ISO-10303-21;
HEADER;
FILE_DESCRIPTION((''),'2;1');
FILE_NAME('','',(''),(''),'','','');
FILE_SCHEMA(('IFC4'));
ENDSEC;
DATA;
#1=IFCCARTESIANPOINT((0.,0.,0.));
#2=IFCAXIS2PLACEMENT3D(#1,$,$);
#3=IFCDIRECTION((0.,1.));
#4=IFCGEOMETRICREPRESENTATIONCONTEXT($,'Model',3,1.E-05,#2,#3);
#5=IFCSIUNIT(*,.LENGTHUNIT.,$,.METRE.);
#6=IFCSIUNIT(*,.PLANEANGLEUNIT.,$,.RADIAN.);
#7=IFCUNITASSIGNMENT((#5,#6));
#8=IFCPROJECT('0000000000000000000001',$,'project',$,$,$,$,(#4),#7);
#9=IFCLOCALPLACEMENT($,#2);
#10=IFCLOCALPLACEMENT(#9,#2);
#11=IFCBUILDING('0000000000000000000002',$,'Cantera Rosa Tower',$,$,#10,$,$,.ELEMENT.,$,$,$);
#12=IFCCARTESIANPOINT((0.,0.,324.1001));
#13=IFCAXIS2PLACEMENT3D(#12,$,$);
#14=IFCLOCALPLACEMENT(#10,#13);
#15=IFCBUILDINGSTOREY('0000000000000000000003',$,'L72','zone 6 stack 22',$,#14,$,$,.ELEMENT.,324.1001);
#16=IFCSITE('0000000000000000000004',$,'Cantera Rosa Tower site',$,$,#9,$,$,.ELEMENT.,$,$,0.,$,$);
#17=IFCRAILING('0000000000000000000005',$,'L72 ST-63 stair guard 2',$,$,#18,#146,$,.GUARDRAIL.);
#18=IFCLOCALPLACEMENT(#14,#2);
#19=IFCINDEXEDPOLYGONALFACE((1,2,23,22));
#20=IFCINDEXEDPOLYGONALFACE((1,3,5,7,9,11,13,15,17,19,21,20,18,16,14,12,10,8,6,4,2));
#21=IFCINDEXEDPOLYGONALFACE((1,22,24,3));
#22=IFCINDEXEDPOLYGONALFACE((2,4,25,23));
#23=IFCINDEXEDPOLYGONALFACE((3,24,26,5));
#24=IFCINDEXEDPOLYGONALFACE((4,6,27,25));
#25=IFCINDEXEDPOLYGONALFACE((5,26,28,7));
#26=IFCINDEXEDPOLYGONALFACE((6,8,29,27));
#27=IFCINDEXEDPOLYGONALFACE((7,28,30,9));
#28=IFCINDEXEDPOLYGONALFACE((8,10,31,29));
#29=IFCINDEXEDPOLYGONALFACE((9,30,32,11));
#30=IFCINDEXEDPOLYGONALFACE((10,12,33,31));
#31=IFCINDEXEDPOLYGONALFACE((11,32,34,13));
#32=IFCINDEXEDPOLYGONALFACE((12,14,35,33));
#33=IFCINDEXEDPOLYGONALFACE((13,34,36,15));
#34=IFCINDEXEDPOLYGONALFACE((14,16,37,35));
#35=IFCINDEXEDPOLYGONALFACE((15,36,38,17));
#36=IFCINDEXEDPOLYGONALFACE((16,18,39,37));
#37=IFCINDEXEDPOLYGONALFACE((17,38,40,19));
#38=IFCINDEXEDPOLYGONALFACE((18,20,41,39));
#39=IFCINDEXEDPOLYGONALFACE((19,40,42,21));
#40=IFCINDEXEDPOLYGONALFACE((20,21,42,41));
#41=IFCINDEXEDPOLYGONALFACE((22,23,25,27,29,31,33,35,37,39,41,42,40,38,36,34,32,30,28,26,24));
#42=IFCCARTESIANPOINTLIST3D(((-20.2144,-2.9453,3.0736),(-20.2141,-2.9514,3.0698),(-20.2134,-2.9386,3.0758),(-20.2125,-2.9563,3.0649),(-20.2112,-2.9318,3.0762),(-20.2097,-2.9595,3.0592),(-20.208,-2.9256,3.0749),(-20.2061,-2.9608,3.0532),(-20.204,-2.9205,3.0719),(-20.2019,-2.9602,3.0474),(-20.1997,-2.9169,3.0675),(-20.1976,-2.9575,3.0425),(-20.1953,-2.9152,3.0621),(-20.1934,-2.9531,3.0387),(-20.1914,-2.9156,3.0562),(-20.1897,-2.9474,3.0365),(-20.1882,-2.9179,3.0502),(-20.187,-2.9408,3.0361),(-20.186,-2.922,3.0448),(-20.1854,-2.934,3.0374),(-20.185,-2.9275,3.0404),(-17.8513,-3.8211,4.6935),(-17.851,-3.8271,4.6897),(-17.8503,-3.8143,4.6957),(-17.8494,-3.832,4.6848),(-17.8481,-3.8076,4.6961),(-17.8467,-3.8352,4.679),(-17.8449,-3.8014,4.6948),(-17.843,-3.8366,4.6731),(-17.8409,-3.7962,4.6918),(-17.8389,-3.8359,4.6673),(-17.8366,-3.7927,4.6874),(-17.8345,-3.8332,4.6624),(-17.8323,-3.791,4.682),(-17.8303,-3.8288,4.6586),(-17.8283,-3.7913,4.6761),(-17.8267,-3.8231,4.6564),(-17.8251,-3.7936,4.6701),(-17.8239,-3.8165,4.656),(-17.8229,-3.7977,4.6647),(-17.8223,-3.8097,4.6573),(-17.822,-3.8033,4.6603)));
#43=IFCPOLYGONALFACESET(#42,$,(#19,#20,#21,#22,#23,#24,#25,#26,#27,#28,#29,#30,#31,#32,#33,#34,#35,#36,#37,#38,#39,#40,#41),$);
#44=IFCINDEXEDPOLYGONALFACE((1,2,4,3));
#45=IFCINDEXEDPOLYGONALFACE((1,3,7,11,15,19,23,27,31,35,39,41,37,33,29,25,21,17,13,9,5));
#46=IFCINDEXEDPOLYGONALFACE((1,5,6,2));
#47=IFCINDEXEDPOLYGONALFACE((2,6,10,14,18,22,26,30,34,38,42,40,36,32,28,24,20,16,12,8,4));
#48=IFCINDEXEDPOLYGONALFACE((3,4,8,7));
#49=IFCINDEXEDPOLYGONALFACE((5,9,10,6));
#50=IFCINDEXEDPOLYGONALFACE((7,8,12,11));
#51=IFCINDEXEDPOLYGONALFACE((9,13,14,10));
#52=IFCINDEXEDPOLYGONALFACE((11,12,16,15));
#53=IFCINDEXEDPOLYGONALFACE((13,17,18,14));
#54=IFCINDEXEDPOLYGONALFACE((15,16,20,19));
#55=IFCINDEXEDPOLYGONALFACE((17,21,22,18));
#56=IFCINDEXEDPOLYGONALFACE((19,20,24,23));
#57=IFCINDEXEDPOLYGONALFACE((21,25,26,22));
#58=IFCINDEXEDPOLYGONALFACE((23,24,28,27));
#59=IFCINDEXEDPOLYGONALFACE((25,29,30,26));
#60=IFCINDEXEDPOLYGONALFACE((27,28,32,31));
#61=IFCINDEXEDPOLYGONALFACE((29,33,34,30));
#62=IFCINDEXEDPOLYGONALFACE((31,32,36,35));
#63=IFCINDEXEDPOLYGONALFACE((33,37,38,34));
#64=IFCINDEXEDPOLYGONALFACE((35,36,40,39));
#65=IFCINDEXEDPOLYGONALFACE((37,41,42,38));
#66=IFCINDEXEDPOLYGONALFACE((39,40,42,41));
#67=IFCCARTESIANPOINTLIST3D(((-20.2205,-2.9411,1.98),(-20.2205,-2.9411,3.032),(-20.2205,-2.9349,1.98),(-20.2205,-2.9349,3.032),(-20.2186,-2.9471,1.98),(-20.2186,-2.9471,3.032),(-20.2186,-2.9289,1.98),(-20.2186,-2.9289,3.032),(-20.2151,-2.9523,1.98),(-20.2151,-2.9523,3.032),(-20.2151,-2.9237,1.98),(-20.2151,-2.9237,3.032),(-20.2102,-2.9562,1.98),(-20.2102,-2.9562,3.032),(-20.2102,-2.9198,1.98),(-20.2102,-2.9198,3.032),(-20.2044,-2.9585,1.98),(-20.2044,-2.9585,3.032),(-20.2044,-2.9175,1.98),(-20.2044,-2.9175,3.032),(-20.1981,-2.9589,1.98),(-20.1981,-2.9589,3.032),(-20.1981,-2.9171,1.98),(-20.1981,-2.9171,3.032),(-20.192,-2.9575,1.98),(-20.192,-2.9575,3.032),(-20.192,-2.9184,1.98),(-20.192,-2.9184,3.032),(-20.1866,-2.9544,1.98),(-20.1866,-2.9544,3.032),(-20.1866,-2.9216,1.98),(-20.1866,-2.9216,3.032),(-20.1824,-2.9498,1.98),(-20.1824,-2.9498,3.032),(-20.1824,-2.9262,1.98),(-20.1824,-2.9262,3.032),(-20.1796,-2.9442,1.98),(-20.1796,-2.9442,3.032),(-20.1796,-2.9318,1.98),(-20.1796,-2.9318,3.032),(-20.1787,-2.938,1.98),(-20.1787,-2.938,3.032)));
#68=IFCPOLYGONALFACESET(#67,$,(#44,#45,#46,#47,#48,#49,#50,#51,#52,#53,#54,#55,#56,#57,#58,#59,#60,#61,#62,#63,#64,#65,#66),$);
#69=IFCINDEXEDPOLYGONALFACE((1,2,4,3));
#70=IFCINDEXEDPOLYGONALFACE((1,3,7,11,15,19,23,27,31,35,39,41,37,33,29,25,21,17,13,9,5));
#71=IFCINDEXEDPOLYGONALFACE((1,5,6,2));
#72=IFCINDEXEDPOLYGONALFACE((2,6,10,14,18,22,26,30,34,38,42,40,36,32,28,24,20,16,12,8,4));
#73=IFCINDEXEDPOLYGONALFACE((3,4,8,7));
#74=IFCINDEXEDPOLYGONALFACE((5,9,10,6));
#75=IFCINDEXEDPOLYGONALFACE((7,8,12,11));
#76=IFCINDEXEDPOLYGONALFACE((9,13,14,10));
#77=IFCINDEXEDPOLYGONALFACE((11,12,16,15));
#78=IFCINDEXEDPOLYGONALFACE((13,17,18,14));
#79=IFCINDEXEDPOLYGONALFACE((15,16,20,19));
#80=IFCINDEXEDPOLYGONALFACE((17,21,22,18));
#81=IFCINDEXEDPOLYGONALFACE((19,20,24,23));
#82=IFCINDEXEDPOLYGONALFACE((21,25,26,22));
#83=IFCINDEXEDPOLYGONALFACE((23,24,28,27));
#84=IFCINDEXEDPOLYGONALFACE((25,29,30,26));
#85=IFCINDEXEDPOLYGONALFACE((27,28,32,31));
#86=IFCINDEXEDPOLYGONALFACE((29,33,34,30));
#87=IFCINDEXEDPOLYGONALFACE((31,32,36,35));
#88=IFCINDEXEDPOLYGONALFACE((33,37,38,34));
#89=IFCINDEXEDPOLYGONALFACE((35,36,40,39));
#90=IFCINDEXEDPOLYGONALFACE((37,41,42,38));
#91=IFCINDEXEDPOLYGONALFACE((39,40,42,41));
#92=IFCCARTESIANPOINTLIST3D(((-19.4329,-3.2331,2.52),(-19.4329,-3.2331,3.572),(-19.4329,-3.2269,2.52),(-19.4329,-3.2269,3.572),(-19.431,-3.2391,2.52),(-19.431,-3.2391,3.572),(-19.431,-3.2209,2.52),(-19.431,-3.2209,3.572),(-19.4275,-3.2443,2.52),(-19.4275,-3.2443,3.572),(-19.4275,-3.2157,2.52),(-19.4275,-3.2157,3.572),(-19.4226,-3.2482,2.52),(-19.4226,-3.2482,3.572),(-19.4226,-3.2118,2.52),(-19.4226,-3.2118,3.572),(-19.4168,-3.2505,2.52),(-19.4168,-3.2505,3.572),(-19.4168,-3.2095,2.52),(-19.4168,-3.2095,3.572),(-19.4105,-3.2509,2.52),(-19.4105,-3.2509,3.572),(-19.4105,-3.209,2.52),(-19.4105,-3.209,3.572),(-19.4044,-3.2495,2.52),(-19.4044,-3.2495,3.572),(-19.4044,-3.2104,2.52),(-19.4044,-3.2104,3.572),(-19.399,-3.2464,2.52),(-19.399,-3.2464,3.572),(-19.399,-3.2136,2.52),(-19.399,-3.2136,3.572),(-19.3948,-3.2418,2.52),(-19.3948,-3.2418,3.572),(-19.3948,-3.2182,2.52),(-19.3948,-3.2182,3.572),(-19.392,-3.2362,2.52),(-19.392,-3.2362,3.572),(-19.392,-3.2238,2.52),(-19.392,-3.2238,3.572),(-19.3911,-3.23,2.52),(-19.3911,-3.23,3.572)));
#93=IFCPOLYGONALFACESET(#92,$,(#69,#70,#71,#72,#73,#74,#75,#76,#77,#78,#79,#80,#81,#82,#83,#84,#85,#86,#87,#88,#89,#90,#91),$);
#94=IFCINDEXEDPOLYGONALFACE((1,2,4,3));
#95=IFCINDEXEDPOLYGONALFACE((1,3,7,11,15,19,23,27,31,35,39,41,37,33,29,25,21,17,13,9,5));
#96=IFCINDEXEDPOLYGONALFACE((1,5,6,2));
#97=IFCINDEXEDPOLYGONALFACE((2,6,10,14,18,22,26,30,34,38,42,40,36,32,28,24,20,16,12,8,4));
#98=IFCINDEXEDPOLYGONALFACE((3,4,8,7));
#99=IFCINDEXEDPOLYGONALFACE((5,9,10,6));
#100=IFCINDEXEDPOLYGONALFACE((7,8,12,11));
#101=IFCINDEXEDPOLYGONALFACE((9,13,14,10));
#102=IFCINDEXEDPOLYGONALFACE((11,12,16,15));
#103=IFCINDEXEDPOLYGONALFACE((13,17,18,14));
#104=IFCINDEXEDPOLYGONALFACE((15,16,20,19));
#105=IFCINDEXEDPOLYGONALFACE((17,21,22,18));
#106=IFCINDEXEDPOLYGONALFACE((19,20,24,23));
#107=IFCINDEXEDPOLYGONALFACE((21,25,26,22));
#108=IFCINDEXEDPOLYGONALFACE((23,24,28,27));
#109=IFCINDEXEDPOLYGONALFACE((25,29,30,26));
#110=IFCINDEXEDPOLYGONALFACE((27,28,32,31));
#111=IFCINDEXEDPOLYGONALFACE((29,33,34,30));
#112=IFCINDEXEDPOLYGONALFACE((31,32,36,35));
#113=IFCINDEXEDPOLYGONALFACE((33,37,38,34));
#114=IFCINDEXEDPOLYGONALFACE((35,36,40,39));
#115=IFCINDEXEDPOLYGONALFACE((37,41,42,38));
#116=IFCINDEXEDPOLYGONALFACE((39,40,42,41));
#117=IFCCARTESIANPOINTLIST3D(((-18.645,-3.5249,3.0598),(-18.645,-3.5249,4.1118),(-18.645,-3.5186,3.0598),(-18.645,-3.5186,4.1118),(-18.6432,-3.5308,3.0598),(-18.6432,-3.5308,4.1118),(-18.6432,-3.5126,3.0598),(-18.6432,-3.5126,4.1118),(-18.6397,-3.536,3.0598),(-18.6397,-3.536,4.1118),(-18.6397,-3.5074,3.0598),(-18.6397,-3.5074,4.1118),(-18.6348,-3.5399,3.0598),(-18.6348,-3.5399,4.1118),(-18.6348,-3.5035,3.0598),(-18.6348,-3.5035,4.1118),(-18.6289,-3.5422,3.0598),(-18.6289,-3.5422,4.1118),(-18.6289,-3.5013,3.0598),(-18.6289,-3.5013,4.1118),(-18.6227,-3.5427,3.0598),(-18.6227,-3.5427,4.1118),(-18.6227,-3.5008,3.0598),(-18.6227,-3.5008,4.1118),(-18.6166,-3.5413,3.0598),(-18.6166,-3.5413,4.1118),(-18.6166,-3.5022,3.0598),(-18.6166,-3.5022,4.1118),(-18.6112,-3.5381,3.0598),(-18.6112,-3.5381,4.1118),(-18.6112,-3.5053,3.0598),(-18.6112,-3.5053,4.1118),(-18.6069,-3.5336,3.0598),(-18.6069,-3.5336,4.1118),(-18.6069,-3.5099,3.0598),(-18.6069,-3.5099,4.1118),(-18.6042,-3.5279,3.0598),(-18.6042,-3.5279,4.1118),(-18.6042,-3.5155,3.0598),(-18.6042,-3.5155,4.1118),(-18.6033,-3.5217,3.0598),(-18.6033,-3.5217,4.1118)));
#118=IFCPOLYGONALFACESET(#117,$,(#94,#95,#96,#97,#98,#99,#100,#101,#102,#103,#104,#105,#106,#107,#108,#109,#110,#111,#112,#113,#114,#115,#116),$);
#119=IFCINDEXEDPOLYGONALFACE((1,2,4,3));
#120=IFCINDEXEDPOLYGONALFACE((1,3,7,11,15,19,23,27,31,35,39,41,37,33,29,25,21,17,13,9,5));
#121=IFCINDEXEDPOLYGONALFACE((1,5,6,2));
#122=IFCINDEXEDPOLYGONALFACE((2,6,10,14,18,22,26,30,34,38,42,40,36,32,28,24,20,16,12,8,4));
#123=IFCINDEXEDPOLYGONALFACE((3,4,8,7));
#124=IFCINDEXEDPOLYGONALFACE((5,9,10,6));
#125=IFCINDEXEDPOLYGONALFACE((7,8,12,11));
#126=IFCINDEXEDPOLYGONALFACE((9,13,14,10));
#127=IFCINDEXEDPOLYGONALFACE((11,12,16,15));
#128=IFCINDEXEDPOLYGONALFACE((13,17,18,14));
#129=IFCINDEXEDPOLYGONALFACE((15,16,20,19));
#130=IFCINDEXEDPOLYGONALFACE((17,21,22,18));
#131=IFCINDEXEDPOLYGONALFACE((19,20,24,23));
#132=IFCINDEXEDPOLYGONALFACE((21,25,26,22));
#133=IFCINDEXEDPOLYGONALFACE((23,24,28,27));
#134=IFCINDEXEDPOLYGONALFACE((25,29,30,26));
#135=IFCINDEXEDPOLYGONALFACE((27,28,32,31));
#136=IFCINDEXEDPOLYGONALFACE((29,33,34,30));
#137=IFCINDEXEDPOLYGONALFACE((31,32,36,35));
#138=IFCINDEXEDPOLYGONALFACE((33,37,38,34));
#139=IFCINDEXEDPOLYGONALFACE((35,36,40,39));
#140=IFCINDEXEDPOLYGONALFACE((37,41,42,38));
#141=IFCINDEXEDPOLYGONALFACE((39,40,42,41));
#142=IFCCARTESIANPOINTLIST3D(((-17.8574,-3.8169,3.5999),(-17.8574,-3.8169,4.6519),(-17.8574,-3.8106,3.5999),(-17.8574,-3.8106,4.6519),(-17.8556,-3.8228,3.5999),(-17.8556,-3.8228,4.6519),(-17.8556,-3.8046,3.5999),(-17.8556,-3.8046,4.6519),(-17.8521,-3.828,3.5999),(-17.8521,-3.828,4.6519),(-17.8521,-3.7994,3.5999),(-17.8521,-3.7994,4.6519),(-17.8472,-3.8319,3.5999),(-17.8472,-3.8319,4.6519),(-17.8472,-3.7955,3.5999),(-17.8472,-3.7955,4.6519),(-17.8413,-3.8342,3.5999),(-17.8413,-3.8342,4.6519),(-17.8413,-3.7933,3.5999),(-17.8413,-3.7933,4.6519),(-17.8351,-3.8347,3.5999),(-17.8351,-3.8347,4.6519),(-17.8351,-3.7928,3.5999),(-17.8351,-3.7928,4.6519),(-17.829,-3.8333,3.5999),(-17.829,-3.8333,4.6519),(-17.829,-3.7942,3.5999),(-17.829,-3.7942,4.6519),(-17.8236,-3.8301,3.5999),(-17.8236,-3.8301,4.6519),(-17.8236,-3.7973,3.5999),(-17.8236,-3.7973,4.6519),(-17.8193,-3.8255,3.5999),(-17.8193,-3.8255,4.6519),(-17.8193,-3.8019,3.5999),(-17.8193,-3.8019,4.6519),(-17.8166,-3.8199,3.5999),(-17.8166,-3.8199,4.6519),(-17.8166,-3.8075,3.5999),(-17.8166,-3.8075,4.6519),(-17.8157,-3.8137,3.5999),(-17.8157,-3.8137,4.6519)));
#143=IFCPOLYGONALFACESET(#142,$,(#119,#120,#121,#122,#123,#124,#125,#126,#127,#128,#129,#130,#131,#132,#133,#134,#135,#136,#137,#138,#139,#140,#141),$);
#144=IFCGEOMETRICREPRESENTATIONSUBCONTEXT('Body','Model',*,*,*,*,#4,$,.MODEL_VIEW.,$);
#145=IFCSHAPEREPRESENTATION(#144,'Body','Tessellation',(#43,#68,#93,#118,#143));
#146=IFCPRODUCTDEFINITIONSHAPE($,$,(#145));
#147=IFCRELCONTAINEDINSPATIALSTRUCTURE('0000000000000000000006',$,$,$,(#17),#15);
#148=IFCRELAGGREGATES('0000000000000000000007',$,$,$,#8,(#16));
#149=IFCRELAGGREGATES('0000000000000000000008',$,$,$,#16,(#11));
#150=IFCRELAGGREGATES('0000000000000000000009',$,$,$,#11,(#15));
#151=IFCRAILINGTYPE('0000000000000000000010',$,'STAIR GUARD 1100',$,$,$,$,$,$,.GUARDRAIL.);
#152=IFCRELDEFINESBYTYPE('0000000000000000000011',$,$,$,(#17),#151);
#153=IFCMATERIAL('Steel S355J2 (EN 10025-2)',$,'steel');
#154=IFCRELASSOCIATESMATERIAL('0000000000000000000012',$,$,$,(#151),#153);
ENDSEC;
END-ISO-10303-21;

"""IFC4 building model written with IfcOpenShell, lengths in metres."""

from ifc_helpers import new_model, si_unit, direction, frame, origin, origin_2d, place, context, subcontext, project, spatial, circle, extrude, material, type_object, element, save


model = new_model("IFC4")

# Units and contexts
model_context = context("Model", 3, precision=1e-05, world=origin(), true_north=direction((0.0, 1.0)))
body_context = subcontext(model_context, "Body", "Model", "MODEL_VIEW")
ifc_project = project(units=[si_unit("LENGTHUNIT", "METRE"), si_unit("PLANEANGLEUNIT", "RADIAN")], contexts=[model_context])

# Site, building, storey
site_placement = place(None, origin())
site = spatial("IfcSite", under=ifc_project, at=site_placement, Name="Cantera Rosa Tower site", CompositionType="ELEMENT", RefElevation=0.0)
building_placement = place(site_placement, origin())
building = spatial("IfcBuilding", under=site, at=building_placement, Name="Cantera Rosa Tower", CompositionType="ELEMENT")
storey_placement = place(building_placement, frame((0.0, 0.0, 324.1001)))
storey = spatial("IfcBuildingStorey", under=building, at=storey_placement, Name="L72", Description="zone 6 stack 22", CompositionType="ELEMENT", Elevation=324.1001)

# Railing
ifc_material_1 = material(Name="Steel S355J2 (EN 10025-2)", Category="steel")
railing_type_1 = type_object("IfcRailingType", Name="STAIR GUARD 1100", PredefinedType="GUARDRAIL", material=ifc_material_1)
railing_1_placement = place(storey_placement, frame((-20.1997, -2.938, 1.98)))
element("IfcRailing", 1, at=railing_1_placement, inside=storey, type_object=railing_type_1, Name="L72 ST-63 stair guard 2", PredefinedType="GUARDRAIL", context=body_context, shape_type="SweptSolid", body=[
    extrude(circle(Radius=0.0239, at=origin_2d()), frame((0.0, 0.0, 1.0762), z_axis=(0.788782, -0.29232, 0.540714), x_axis=(0.347501, 0.93768, 0.0)), (0.0, 0.0, 1.0), 2.9958),
    extrude(circle(Radius=0.021, at=origin_2d()), origin(), (0.0, 0.0, 1.0), 1.052),
    extrude(circle(Radius=0.021, at=origin_2d()), frame((0.7876, -0.292, 0.54)), (0.0, 0.0, 1.0), 1.052),
    extrude(circle(Radius=0.021, at=origin_2d()), frame((1.5754, -0.5837, 1.0798)), (0.0, 0.0, 1.0), 1.052),
    extrude(circle(Radius=0.021, at=origin_2d()), frame((2.363, -0.8757, 1.6199)), (0.0, 0.0, 1.0), 1.052),
])

save(model, "model.ifc")
